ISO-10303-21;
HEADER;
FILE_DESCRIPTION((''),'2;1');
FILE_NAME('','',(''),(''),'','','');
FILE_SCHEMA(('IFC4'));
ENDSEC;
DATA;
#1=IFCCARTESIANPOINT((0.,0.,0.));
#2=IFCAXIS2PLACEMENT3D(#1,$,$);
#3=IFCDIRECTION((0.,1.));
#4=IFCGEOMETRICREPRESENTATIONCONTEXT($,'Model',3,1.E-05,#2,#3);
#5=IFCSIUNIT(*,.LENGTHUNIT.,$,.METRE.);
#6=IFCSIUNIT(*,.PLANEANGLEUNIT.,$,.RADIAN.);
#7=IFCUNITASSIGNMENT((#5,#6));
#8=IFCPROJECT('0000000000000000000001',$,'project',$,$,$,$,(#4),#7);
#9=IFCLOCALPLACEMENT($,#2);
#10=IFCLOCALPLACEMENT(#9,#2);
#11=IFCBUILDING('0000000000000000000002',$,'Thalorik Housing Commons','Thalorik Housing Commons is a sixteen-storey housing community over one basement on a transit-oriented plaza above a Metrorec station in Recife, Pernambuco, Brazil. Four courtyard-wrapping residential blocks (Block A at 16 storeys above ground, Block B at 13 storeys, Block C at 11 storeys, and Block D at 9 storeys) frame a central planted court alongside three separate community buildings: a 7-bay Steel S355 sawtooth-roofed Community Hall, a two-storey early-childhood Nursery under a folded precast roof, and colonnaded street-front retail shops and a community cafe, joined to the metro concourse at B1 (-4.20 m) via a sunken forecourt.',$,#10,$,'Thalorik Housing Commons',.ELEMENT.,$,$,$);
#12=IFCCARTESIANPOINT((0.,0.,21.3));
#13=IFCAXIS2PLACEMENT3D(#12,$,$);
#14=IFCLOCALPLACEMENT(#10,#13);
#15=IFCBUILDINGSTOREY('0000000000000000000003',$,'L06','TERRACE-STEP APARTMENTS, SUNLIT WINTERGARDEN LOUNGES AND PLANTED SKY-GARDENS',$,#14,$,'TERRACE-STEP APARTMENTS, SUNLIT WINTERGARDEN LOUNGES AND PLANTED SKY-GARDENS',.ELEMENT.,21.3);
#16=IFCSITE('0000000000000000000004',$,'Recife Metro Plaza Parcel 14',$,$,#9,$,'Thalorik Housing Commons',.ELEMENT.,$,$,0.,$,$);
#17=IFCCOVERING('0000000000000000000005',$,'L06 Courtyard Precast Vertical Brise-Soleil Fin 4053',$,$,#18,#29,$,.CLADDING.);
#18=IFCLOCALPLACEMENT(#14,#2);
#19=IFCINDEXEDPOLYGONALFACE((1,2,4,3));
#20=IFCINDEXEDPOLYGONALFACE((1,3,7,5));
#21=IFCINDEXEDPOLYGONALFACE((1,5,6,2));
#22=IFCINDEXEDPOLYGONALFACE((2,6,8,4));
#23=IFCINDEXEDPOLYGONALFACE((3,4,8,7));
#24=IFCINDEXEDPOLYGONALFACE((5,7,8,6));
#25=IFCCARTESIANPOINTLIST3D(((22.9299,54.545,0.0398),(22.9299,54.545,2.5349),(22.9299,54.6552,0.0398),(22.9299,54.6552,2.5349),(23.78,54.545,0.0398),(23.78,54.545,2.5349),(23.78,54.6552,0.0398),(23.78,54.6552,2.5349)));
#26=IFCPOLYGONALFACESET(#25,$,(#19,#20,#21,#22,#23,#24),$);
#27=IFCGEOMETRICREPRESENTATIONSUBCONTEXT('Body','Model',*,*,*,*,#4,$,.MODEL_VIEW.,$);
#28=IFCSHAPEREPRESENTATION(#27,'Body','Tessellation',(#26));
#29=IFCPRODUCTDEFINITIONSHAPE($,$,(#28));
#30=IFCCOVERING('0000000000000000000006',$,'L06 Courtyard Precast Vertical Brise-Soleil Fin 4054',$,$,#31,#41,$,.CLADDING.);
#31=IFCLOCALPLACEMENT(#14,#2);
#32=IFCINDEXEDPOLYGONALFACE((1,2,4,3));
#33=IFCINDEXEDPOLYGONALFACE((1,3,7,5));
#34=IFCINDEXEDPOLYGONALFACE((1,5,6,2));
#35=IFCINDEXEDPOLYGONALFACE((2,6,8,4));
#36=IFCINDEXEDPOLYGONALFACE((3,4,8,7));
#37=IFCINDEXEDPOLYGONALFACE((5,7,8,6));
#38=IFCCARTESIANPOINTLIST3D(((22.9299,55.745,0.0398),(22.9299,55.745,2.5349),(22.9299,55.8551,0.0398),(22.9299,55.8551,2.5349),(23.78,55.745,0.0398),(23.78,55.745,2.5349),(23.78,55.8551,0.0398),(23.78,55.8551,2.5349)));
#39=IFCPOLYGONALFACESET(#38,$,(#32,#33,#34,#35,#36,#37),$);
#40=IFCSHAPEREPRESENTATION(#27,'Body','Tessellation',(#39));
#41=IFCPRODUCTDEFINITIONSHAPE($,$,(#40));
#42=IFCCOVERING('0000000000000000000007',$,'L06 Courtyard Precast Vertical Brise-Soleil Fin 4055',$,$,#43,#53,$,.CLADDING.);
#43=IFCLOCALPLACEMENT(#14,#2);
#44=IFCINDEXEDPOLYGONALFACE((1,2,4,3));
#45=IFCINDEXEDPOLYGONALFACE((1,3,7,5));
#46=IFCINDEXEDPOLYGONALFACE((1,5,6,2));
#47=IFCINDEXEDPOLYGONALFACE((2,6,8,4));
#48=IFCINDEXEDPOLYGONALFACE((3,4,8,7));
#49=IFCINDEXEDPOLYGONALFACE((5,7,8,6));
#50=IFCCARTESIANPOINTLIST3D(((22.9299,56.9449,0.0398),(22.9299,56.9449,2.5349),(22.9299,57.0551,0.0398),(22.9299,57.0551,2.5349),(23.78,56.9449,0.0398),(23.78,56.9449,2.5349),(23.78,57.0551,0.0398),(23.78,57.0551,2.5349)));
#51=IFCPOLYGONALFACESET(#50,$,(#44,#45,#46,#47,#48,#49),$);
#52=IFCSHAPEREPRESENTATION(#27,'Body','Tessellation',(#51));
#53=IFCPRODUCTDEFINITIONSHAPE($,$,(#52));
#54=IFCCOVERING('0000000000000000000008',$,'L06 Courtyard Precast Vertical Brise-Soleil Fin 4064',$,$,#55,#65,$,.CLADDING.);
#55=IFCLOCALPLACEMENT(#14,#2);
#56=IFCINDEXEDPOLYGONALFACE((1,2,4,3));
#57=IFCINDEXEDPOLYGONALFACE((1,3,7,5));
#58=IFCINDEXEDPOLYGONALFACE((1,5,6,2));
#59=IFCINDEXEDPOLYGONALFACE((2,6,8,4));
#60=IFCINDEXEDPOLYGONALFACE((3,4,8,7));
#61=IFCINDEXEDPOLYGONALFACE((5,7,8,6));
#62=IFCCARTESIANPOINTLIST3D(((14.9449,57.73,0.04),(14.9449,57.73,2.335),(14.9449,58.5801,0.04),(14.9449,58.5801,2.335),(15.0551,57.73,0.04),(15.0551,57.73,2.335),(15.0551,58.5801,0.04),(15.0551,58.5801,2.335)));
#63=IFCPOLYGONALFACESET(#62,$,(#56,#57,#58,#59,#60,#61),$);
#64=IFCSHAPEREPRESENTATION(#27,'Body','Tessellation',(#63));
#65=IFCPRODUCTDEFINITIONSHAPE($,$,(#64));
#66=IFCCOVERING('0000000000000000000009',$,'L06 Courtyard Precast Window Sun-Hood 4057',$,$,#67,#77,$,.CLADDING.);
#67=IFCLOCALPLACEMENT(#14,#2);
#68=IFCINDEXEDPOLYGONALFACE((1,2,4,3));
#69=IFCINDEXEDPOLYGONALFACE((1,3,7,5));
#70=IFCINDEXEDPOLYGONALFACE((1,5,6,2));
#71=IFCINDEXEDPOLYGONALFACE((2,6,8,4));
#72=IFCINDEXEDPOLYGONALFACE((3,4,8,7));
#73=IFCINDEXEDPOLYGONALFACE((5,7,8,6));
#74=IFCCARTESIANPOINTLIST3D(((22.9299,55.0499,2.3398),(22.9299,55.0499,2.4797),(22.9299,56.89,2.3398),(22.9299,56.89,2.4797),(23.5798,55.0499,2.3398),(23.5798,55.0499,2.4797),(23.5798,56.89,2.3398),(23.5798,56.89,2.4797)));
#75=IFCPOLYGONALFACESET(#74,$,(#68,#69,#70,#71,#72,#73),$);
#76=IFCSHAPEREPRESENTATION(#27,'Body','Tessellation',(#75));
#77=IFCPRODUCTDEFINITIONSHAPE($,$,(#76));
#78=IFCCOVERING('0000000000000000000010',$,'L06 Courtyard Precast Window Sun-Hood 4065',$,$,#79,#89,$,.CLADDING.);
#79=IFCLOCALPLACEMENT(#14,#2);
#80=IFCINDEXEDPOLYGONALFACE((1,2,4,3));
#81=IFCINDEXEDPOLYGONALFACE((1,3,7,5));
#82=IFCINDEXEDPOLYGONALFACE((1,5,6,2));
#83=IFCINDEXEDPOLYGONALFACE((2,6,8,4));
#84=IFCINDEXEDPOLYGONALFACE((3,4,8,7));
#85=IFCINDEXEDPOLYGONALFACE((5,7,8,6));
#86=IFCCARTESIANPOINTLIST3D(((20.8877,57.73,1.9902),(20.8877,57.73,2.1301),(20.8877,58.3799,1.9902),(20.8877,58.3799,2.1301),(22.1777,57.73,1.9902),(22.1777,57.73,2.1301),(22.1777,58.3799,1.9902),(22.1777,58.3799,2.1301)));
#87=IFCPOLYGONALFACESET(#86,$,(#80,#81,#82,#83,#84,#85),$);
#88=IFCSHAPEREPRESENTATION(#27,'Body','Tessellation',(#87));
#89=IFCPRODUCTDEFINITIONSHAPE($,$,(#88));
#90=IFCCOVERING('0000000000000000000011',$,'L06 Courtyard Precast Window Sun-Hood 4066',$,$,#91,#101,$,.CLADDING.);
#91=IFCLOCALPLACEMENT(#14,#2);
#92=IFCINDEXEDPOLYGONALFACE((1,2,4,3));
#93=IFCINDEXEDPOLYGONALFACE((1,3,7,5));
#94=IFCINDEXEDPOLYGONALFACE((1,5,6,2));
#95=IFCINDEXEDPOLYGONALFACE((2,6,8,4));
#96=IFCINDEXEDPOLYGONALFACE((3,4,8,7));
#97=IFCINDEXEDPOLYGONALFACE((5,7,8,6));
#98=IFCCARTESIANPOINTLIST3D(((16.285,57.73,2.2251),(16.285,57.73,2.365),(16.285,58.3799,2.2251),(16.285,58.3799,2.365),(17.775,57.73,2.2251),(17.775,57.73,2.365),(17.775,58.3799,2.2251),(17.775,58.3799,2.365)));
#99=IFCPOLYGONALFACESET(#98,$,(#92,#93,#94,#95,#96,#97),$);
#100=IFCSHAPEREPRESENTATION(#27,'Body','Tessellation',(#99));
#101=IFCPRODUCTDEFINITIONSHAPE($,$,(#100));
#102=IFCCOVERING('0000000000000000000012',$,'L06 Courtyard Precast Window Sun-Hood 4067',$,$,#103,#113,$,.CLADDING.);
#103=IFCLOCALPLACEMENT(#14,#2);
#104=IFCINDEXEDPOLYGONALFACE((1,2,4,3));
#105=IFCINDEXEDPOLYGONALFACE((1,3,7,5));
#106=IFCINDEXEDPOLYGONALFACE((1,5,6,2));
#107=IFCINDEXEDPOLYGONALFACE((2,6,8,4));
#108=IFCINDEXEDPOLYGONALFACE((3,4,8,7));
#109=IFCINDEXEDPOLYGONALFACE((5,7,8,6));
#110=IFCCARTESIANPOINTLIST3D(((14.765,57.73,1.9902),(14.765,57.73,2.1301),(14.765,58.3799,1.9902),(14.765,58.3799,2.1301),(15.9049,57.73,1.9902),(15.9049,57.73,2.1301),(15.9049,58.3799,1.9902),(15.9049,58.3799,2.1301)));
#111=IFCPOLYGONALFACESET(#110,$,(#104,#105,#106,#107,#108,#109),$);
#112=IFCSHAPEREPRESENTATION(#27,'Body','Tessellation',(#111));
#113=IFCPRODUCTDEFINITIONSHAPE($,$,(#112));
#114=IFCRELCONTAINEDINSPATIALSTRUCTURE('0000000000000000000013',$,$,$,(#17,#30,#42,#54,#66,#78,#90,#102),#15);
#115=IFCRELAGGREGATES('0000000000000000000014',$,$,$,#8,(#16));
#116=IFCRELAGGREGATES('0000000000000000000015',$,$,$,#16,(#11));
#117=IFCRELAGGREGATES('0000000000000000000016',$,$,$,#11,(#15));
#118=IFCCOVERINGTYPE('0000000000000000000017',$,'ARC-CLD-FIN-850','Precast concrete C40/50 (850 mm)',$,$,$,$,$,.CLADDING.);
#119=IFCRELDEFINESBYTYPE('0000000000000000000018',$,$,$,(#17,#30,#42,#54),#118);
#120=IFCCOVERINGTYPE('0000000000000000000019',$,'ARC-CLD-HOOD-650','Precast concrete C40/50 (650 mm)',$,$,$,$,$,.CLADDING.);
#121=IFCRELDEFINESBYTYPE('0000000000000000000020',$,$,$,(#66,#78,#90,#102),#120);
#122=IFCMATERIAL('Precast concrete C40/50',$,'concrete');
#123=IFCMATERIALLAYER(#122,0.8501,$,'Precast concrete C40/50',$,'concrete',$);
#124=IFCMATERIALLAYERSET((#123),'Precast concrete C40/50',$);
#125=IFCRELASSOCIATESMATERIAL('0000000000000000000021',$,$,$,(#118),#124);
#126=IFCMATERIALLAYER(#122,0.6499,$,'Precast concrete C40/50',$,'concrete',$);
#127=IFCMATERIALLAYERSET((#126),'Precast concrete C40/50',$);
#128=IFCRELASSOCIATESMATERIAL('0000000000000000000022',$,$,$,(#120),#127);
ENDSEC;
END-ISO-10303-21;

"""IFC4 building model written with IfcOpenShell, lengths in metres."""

from ifc_helpers import new_model, si_unit, direction, frame, origin, origin_2d, place, context, subcontext, project, spatial, rectangle, extrude, material, layer, layer_set, type_object, element, save


model = new_model("IFC4")

# Units and contexts
model_context = context("Model", 3, precision=1e-05, world=origin(), true_north=direction((0.0, 1.0)))
body_context = subcontext(model_context, "Body", "Model", "MODEL_VIEW")
ifc_project = project(units=[si_unit("LENGTHUNIT", "METRE"), si_unit("PLANEANGLEUNIT", "RADIAN")], contexts=[model_context])

# Site, building, storey
site_placement = place(None, origin())
site = spatial("IfcSite", under=ifc_project, at=site_placement, Name="Recife Metro Plaza Parcel 14", LongName="Thalorik Housing Commons", CompositionType="ELEMENT", RefElevation=0.0)
building_placement = place(site_placement, origin())
building = spatial("IfcBuilding", under=site, at=building_placement, Name="Thalorik Housing Commons", Description="Thalorik Housing Commons is a sixteen-storey housing community over one basement on a transit-oriented plaza above a Metrorec station in Recife, Pernambuco, Brazil. Four courtyard-wrapping residential blocks (Block A at 16 storeys above ground, Block B at 13 storeys, Block C at 11 storeys, and Block D at 9 storeys) frame a central planted court alongside three separate community buildings: a 7-bay Steel S355 sawtooth-roofed Community Hall, a two-storey early-childhood Nursery under a folded precast roof, and colonnaded street-front retail shops and a community cafe, joined to the metro concourse at B1 (-4.20 m) via a sunken forecourt.", LongName="Thalorik Housing Commons", CompositionType="ELEMENT")
storey_placement = place(building_placement, frame((0.0, 0.0, 21.3)))
storey = spatial("IfcBuildingStorey", under=building, at=storey_placement, Name="L06", Description="TERRACE-STEP APARTMENTS, SUNLIT WINTERGARDEN LOUNGES AND PLANTED SKY-GARDENS", LongName="TERRACE-STEP APARTMENTS, SUNLIT WINTERGARDEN LOUNGES AND PLANTED SKY-GARDENS", CompositionType="ELEMENT", Elevation=21.3)

# Shared definitions
ifc_material_1 = material(Name="Precast concrete C40/50", Category="concrete")

# Coverings
ifc_layer_1 = layer(ifc_material_1, 0.8501, Name="Precast concrete C40/50", Category="concrete")
ifc_layer_set_1 = layer_set([ifc_layer_1], Name="Precast concrete C40/50")
covering_type_1 = type_object("IfcCoveringType", Name="ARC-CLD-FIN-850", Description="Precast concrete C40/50 (850 mm)", PredefinedType="CLADDING", material=ifc_layer_set_1)
for number, where, z_axis, x_axis, name in (
    (1, (23.355, 54.6001, 0.0398), (0.0, 0.0, 1.0), (0.0, 1.0, 0.0), "L06 Courtyard Precast Vertical Brise-Soleil Fin 4053"),
    (2, (23.355, 55.8, 0.0398), (0.0, 0.0, 1.0), (0.0, 1.0, 0.0), "L06 Courtyard Precast Vertical Brise-Soleil Fin 4054"),
    (3, (23.355, 57.0, 0.0398), (0.0, 0.0, 1.0), (0.0, 1.0, 0.0), "L06 Courtyard Precast Vertical Brise-Soleil Fin 4055"),
):
    element("IfcCovering", number, at=place(storey_placement, frame(where, z_axis=z_axis, x_axis=x_axis)), inside=storey, type_object=covering_type_1, Name=name, PredefinedType="CLADDING", context=body_context, shape_type="SweptSolid", body=[
        extrude(rectangle(XDim=0.1101, YDim=0.8501, at=origin_2d()), origin(), (0.0, 0.0, 1.0), 2.4951),
    ])
covering_1_placement = place(storey_placement, frame((15.0, 58.155, 0.04), z_axis=(0.0, 0.0, 1.0), x_axis=(-1.0, 0.0, 0.0)))
element("IfcCovering", 4, at=covering_1_placement, inside=storey, type_object=covering_type_1, Name="L06 Courtyard Precast Vertical Brise-Soleil Fin 4064", PredefinedType="CLADDING", context=body_context, shape_type="SweptSolid", body=[
    extrude(rectangle(XDim=0.1101, YDim=0.8501, at=origin_2d()), origin(), (0.0, 0.0, 1.0), 2.2949),
])
ifc_layer_2 = layer(ifc_material_1, 0.6499, Name="Precast concrete C40/50", Category="concrete")
ifc_layer_set_2 = layer_set([ifc_layer_2], Name="Precast concrete C40/50")
covering_type_2 = type_object("IfcCoveringType", Name="ARC-CLD-HOOD-650", Description="Precast concrete C40/50 (650 mm)", PredefinedType="CLADDING", material=ifc_layer_set_2)
covering_2_placement = place(storey_placement, frame((23.2549, 55.97, 2.3398), z_axis=(0.0, 0.0, 1.0), x_axis=(0.0, 1.0, 0.0)))
element("IfcCovering", 5, at=covering_2_placement, inside=storey, type_object=covering_type_2, Name="L06 Courtyard Precast Window Sun-Hood 4057", PredefinedType="CLADDING", context=body_context, shape_type="SweptSolid", body=[
    extrude(rectangle(XDim=1.8401, YDim=0.6499, at=origin_2d()), origin(), (0.0, 0.0, 1.0), 0.1399),
])
covering_3_placement = place(storey_placement, frame((21.5327, 58.0549, 1.9902), z_axis=(0.0, 0.0, 1.0), x_axis=(-1.0, 0.0, 0.0)))
element("IfcCovering", 6, at=covering_3_placement, inside=storey, type_object=covering_type_2, Name="L06 Courtyard Precast Window Sun-Hood 4065", PredefinedType="CLADDING", context=body_context, shape_type="SweptSolid", body=[
    extrude(rectangle(XDim=1.29, YDim=0.6499, at=origin_2d()), origin(), (0.0, 0.0, 1.0), 0.1399),
])
covering_4_placement = place(storey_placement, frame((17.03, 58.0549, 2.2251), z_axis=(0.0, 0.0, 1.0), x_axis=(-1.0, 0.0, 0.0)))
element("IfcCovering", 7, at=covering_4_placement, inside=storey, type_object=covering_type_2, Name="L06 Courtyard Precast Window Sun-Hood 4066", PredefinedType="CLADDING", context=body_context, shape_type="SweptSolid", body=[
    extrude(rectangle(XDim=1.49, YDim=0.6499, at=origin_2d()), origin(), (0.0, 0.0, 1.0), 0.1399),
])
covering_5_placement = place(storey_placement, frame((15.335, 58.0549, 1.9902), z_axis=(0.0, 0.0, 1.0), x_axis=(-1.0, 0.0, 0.0)))
element("IfcCovering", 8, at=covering_5_placement, inside=storey, type_object=covering_type_2, Name="L06 Courtyard Precast Window Sun-Hood 4067", PredefinedType="CLADDING", context=body_context, shape_type="SweptSolid", body=[
    extrude(rectangle(XDim=1.1399, YDim=0.6499, at=origin_2d()), origin(), (0.0, 0.0, 1.0), 0.1399),
])

save(model, "model.ifc")
